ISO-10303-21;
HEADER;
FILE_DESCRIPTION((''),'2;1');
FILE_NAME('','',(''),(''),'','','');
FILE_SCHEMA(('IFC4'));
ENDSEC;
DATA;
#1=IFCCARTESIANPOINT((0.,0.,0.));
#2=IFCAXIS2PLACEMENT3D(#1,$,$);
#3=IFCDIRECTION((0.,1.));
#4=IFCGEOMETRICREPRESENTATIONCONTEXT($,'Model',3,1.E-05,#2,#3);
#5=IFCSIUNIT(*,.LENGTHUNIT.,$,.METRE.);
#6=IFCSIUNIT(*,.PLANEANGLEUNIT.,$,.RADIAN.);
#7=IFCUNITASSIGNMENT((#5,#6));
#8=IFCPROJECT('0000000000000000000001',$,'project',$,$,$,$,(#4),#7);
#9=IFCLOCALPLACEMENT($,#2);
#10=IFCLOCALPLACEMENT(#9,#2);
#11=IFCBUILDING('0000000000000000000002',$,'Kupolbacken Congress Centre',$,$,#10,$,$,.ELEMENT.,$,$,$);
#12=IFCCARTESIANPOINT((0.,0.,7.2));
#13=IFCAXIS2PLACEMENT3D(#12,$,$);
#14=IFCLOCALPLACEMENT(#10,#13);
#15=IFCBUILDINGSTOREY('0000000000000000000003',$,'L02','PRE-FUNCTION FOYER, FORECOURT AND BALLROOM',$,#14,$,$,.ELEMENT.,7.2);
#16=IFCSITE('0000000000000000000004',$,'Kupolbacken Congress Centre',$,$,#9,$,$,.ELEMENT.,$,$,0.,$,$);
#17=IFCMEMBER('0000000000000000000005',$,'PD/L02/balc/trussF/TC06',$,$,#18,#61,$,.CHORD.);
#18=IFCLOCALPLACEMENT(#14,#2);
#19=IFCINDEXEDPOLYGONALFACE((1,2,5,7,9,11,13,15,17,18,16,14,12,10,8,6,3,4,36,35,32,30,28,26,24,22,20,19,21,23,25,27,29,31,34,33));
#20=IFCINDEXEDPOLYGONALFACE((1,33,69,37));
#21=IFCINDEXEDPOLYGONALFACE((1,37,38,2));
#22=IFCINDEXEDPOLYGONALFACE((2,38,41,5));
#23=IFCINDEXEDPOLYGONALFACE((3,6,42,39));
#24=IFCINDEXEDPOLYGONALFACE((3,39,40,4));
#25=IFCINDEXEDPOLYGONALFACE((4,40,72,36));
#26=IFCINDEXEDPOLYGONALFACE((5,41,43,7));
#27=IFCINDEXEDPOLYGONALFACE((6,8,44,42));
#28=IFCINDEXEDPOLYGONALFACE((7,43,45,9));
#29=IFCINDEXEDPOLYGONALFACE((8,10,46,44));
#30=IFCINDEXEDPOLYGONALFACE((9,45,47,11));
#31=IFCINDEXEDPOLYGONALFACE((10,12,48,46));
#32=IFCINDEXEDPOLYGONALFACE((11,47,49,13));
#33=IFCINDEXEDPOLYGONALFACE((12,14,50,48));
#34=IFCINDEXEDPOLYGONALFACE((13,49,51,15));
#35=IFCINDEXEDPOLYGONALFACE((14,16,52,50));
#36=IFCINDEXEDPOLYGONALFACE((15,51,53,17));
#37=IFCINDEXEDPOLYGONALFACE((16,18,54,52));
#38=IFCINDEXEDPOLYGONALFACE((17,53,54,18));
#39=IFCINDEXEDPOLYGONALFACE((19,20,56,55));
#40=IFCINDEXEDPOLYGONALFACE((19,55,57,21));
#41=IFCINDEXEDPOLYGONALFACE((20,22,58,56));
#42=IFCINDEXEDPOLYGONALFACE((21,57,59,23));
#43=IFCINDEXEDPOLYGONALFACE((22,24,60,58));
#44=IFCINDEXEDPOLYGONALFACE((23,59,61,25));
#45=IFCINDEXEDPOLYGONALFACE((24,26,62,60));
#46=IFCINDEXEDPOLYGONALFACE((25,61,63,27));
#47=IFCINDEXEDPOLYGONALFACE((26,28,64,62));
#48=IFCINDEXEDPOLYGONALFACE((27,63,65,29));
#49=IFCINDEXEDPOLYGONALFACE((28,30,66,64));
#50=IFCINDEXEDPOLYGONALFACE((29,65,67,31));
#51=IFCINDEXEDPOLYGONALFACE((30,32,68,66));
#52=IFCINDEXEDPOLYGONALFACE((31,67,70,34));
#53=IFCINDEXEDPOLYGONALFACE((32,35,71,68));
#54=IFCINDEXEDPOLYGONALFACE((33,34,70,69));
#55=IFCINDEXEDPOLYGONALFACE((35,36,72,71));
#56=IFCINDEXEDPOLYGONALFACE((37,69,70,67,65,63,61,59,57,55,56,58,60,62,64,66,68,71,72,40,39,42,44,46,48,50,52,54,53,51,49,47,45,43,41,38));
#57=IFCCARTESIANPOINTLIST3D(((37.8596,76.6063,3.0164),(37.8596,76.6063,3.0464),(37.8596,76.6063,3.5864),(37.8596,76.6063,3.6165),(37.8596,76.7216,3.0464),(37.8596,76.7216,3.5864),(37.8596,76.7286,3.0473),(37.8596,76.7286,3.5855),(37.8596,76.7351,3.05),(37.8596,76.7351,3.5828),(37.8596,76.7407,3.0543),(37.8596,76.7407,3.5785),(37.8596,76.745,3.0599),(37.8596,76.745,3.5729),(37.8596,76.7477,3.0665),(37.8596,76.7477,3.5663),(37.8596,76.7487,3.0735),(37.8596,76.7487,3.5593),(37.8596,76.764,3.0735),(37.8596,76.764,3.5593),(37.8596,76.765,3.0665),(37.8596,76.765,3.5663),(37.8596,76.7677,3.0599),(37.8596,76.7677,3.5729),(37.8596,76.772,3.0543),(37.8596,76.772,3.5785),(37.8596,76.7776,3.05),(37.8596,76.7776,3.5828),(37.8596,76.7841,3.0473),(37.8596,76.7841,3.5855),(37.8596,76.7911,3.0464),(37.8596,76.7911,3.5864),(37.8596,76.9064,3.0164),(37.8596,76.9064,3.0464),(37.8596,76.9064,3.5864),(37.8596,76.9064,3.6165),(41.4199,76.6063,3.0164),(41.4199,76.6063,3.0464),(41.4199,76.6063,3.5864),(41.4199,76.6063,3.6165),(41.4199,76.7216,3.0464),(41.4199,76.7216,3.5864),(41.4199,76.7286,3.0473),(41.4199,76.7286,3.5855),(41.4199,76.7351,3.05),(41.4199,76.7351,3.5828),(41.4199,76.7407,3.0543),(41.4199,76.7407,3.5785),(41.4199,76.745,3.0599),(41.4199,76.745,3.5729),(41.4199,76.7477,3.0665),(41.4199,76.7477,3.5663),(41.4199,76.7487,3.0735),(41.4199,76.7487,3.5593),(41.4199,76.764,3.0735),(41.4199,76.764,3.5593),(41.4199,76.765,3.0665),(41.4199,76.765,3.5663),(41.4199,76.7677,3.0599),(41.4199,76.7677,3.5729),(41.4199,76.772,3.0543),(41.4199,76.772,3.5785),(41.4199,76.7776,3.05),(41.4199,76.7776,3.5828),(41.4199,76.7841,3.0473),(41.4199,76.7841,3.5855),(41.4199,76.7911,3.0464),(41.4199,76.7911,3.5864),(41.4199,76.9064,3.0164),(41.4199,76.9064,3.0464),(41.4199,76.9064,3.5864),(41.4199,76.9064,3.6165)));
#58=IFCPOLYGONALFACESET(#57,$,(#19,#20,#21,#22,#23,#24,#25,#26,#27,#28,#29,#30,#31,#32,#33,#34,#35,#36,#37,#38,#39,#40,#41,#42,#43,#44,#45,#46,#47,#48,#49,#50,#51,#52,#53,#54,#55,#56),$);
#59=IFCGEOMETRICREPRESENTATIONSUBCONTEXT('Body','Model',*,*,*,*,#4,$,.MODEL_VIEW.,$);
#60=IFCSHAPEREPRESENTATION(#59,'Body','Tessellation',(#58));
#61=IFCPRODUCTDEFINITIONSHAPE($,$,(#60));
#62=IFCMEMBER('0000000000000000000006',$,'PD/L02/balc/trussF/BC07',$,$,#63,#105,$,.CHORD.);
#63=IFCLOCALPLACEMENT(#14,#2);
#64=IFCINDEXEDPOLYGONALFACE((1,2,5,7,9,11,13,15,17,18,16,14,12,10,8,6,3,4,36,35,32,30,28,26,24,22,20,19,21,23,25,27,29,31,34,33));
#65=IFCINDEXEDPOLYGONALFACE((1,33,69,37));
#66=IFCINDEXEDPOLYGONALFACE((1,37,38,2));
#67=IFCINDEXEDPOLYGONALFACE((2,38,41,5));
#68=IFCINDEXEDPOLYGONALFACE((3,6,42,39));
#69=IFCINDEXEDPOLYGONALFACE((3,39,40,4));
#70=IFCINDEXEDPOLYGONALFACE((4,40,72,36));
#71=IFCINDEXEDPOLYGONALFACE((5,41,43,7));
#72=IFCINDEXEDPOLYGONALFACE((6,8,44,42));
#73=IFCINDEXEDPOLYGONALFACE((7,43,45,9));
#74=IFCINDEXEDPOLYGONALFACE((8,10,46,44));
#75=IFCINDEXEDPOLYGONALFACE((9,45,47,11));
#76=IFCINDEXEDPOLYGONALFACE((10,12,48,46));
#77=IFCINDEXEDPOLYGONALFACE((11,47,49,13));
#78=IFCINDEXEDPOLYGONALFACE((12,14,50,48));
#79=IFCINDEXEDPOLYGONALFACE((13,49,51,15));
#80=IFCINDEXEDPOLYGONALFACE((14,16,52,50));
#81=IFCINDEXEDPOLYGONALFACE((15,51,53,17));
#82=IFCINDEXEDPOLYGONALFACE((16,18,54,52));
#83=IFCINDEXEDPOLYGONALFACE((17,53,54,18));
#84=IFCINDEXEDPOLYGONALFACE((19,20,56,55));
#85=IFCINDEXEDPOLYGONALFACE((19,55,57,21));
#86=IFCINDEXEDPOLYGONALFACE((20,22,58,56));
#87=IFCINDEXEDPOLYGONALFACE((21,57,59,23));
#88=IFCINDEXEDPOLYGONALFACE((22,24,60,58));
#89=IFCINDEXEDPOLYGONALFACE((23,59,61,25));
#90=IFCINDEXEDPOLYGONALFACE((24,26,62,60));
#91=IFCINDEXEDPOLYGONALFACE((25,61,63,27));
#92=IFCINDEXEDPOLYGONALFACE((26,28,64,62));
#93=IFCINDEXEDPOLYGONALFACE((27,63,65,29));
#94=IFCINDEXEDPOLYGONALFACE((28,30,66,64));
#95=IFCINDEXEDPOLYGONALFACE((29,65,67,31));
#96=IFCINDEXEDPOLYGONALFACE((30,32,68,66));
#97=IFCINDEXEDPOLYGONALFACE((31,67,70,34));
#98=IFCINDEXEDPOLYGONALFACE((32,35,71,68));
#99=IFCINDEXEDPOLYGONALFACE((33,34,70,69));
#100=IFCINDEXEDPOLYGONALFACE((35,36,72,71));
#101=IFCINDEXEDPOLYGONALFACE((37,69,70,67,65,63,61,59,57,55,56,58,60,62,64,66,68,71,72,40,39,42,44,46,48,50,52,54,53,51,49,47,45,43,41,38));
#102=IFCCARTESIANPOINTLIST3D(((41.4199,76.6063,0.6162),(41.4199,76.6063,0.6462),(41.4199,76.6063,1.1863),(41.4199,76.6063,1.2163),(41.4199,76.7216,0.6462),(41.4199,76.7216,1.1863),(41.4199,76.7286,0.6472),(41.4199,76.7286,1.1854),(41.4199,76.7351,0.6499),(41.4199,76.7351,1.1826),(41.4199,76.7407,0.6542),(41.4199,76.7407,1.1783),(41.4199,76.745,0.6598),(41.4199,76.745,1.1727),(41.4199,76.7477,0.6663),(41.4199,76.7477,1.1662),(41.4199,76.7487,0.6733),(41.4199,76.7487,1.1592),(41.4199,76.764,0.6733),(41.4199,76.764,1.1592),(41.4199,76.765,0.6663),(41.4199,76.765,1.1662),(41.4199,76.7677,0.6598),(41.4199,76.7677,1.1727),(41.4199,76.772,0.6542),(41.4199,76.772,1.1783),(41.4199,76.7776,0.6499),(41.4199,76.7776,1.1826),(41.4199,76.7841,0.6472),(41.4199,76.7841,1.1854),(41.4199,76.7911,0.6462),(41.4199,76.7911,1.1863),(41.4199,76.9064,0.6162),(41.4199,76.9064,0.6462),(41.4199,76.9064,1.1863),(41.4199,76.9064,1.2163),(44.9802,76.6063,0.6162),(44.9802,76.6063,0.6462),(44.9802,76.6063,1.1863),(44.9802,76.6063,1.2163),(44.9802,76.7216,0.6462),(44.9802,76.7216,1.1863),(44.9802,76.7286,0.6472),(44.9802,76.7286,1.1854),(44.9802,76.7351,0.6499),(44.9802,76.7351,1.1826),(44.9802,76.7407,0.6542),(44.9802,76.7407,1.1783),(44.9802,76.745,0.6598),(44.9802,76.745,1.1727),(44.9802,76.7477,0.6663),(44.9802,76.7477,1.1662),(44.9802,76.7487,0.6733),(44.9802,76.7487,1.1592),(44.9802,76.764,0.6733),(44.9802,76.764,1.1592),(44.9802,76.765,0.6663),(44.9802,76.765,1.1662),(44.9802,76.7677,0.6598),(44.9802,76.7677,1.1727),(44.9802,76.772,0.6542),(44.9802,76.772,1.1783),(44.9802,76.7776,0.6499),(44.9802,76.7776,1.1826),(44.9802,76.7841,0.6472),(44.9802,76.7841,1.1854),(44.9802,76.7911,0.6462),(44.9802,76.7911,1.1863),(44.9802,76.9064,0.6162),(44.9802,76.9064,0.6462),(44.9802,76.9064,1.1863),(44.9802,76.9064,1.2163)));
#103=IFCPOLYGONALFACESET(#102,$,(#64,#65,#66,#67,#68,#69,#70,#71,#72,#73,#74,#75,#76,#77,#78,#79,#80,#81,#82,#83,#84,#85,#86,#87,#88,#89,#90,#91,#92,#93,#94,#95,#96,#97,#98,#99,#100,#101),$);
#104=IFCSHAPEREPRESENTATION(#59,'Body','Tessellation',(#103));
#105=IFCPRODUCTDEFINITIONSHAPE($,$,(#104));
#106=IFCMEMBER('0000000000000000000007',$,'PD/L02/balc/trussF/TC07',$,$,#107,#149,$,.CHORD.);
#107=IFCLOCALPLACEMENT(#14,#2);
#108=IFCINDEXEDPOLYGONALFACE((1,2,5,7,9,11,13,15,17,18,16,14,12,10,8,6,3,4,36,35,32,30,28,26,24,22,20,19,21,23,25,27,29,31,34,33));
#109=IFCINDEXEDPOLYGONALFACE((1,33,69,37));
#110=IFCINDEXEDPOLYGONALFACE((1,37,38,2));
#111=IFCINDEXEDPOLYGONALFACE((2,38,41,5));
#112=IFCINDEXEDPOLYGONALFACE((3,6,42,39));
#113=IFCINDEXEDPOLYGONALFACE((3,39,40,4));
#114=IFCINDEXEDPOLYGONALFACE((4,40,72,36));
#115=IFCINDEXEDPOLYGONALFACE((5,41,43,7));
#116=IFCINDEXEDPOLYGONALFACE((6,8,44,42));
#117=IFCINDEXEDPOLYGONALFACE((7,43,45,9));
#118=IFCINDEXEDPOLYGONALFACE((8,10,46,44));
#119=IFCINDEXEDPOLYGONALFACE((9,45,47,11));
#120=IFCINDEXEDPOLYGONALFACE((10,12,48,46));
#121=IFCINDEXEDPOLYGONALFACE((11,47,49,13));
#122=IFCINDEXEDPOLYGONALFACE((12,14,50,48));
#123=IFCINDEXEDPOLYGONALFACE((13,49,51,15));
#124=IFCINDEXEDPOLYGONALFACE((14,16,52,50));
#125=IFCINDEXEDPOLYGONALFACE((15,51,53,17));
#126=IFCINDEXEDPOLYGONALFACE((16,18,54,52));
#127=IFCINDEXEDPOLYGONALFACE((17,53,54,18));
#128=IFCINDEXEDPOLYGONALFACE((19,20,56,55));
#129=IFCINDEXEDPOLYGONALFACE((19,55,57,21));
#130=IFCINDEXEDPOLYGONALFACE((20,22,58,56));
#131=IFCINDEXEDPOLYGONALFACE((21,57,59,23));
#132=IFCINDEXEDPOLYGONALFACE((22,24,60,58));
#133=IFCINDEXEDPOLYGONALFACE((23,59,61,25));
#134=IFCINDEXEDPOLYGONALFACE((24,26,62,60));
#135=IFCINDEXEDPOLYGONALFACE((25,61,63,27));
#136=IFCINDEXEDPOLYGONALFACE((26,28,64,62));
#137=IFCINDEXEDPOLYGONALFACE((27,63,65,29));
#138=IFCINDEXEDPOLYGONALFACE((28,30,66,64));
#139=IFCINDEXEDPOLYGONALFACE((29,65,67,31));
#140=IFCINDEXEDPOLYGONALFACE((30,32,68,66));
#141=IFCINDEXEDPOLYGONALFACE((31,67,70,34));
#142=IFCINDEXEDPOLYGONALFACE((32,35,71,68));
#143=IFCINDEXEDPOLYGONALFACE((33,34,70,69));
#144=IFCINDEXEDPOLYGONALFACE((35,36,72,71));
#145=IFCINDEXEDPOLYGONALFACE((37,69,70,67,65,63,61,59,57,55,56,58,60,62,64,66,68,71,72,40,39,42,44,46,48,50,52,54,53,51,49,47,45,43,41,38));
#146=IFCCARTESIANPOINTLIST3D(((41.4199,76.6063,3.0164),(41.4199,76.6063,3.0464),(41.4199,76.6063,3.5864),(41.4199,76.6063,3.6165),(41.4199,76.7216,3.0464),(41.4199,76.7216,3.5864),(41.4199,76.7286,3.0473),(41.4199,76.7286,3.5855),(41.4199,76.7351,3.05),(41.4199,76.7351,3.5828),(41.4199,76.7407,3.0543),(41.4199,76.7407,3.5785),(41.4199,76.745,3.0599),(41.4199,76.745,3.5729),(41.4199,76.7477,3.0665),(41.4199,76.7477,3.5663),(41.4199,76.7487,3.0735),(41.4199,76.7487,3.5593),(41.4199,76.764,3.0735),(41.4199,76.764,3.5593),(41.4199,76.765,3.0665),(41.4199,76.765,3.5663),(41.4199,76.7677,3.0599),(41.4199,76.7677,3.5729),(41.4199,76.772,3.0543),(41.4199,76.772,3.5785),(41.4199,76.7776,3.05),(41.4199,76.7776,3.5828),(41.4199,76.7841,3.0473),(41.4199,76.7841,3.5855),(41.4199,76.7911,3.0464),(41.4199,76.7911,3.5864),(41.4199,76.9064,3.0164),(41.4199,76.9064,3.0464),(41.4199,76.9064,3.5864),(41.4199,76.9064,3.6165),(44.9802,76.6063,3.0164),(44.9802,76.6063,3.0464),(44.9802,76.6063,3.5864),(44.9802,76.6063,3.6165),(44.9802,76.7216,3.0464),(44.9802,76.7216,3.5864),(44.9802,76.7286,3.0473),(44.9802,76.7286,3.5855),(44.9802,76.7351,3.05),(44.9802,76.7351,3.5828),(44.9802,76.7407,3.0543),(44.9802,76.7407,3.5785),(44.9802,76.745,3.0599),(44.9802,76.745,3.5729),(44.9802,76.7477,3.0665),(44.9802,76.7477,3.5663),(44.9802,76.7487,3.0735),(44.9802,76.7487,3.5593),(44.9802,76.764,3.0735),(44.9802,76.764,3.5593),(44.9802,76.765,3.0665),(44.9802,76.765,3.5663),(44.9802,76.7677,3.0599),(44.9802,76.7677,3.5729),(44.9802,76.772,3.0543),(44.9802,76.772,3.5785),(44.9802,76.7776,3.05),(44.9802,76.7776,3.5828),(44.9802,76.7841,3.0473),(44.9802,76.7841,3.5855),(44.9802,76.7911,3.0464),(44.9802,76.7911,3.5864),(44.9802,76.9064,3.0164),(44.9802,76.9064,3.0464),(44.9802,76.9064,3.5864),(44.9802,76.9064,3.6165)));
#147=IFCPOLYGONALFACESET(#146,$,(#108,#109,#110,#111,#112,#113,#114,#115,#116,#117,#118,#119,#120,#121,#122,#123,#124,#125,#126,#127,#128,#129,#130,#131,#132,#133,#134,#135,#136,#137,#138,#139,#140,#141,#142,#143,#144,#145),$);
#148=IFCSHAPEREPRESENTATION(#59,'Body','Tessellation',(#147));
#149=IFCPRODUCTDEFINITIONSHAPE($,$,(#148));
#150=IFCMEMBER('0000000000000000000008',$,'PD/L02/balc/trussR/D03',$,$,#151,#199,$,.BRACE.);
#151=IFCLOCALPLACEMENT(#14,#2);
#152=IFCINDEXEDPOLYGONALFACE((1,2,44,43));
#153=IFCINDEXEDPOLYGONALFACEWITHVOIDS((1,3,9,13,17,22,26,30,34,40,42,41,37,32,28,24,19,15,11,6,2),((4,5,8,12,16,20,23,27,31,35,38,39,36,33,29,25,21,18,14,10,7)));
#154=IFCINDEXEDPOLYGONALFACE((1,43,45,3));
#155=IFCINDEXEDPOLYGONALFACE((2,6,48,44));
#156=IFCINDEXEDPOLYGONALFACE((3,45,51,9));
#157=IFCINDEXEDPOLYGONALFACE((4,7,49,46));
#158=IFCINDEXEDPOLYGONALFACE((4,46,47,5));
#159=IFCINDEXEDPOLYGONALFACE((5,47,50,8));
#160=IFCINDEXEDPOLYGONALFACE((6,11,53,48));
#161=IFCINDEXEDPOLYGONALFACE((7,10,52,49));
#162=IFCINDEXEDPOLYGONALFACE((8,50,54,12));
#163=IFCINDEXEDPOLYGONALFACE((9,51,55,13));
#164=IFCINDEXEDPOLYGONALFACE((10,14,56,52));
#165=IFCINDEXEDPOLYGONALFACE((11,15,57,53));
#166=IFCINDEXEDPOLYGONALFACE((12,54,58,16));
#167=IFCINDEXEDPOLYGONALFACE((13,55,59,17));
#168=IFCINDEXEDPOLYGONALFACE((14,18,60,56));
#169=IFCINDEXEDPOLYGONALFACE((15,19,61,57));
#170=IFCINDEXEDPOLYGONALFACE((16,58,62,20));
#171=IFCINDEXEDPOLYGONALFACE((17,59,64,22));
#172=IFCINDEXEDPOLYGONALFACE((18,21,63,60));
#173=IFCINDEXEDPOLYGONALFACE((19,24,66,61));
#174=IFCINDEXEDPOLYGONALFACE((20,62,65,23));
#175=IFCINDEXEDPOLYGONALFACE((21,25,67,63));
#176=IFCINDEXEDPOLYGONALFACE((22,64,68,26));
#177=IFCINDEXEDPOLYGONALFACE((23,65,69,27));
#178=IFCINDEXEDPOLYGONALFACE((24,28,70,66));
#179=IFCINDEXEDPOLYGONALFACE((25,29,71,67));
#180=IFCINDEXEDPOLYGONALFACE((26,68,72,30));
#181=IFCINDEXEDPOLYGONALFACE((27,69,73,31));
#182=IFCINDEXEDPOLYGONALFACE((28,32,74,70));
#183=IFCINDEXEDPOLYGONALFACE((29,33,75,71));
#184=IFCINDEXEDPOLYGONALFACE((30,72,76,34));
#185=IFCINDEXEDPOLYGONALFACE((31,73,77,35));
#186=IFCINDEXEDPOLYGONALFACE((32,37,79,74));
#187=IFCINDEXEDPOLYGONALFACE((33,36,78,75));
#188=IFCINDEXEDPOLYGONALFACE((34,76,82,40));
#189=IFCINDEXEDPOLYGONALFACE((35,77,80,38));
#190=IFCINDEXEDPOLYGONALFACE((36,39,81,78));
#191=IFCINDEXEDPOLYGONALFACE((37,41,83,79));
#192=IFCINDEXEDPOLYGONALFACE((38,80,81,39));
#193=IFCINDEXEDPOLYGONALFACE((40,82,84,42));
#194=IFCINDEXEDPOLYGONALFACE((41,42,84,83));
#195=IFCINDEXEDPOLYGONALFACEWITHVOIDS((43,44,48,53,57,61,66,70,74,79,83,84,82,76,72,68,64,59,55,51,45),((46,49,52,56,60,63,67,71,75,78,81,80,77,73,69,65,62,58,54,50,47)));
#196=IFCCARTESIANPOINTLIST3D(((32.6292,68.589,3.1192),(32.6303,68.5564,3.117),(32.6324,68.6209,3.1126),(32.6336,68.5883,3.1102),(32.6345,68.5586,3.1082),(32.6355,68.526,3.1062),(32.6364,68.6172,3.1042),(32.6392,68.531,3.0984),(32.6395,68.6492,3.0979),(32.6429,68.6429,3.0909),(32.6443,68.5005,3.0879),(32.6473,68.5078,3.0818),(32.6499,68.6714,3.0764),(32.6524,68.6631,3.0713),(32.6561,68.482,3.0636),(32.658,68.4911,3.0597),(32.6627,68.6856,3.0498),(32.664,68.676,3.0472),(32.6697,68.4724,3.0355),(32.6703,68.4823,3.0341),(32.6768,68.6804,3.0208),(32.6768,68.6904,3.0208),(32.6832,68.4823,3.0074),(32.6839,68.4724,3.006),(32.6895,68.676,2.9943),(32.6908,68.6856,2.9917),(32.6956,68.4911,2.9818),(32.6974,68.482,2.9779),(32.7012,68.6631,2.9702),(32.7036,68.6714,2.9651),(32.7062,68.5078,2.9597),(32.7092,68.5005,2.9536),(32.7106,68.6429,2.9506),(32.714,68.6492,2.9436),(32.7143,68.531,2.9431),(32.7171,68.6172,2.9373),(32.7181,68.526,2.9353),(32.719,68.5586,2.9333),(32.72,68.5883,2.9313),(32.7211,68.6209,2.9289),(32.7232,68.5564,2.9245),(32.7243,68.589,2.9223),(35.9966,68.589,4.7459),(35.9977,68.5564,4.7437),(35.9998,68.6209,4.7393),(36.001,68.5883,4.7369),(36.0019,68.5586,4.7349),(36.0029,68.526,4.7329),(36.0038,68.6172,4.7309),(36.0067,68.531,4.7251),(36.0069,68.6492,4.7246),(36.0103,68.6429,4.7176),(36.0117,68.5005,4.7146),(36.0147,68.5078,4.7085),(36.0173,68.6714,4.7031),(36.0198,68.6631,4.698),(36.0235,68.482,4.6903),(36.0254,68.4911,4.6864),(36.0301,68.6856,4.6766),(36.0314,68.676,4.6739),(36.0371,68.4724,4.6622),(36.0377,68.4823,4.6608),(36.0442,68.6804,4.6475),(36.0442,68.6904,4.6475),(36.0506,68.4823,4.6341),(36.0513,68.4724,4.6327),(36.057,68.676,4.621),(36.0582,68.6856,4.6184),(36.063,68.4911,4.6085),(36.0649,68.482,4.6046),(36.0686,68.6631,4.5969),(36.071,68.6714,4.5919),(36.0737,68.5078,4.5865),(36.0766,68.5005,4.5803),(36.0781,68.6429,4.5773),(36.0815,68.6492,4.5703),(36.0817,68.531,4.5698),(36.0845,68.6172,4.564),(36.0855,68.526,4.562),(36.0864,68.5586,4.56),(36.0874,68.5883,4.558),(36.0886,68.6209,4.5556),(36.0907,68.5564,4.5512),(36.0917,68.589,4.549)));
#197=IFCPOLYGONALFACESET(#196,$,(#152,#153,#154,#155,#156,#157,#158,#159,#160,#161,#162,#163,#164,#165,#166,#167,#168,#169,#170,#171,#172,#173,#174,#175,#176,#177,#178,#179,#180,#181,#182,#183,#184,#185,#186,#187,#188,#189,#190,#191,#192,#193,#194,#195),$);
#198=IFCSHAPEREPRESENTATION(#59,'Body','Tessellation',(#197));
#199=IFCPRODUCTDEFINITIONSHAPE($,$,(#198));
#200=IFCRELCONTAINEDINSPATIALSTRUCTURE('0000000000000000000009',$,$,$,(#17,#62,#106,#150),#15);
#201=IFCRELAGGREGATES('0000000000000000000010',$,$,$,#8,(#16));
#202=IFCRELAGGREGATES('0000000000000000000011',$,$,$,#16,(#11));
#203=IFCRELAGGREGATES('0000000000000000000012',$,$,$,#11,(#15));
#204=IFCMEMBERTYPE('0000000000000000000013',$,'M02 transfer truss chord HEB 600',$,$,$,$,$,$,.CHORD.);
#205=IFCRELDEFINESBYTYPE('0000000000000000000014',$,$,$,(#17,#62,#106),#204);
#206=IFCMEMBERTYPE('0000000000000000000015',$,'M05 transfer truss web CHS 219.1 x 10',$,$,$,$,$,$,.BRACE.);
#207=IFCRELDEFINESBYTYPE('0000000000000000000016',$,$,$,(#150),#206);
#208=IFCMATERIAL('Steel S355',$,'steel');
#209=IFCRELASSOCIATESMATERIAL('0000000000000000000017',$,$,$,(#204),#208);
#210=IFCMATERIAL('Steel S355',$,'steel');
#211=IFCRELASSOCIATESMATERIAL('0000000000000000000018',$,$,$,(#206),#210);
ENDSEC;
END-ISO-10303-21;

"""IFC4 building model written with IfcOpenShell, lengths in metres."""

from ifc_helpers import new_model, si_unit, direction, frame, origin, origin_2d, place, context, subcontext, project, spatial, hollow_circle, i_section, extrude, material, material_profile, profile_set, type_object, element, save


model = new_model("IFC4")

# Units and contexts
model_context = context("Model", 3, precision=1e-05, world=origin(), true_north=direction((0.0, 1.0)))
body_context = subcontext(model_context, "Body", "Model", "MODEL_VIEW")
ifc_project = project(units=[si_unit("LENGTHUNIT", "METRE"), si_unit("PLANEANGLEUNIT", "RADIAN")], contexts=[model_context])

# Site, building, storey
site_placement = place(None, origin())
site = spatial("IfcSite", under=ifc_project, at=site_placement, Name="Kupolbacken Congress Centre", CompositionType="ELEMENT", RefElevation=0.0)
building_placement = place(site_placement, origin())
building = spatial("IfcBuilding", under=site, at=building_placement, Name="Kupolbacken Congress Centre", CompositionType="ELEMENT")
storey_placement = place(building_placement, frame((0.0, 0.0, 7.2)))
storey = spatial("IfcBuildingStorey", under=building, at=storey_placement, Name="L02", Description="PRE-FUNCTION FOYER, FORECOURT AND BALLROOM", CompositionType="ELEMENT", Elevation=7.2)

# Members
ifc_material_1 = material(Name="Steel S355", Category="steel")
ifc_material_profile_1 = material_profile(ifc_material_1, i_section(OverallWidth=0.3, OverallDepth=0.6001, WebThickness=0.0154, FlangeThickness=0.03, FilletRadius=0.0271, at=origin_2d()), Name="HEB 600")
ifc_profile_set_1 = profile_set([ifc_material_profile_1], Name="Steel S355")
member_type_1 = type_object("IfcMemberType", Name="M02 transfer truss chord HEB 600", PredefinedType="CHORD", material=ifc_profile_set_1)
for number, where, z_axis, x_axis, name in (
    (1, (37.8596, 76.7563, 3.3164), (1.0, 0.0, 0.0), (0.0, 1.0, 0.0), "PD/L02/balc/trussF/TC06"),
    (2, (41.4199, 76.7563, 0.9163), (1.0, 0.0, 0.0), (0.0, 1.0, 0.0), "PD/L02/balc/trussF/BC07"),
    (3, (41.4199, 76.7563, 3.3164), (1.0, 0.0, 0.0), (0.0, 1.0, 0.0), "PD/L02/balc/trussF/TC07"),
):
    element("IfcMember", number, at=place(storey_placement, frame(where, z_axis=z_axis, x_axis=x_axis)), inside=storey, type_object=member_type_1, Name=name, PredefinedType="CHORD", context=body_context, shape_type="SweptSolid", body=[
        extrude(i_section(OverallWidth=0.3, OverallDepth=0.6001, WebThickness=0.0154, FlangeThickness=0.03, FilletRadius=0.0271, at=origin_2d()), origin(), (0.0, 0.0, 1.0), 3.5603),
    ])
ifc_material_2 = material(Name="Steel S355", Category="steel")
ifc_material_profile_2 = material_profile(ifc_material_2, hollow_circle(Radius=0.1096, WallThickness=0.01, at=origin_2d()), Name="CHS 219.1 x 10")
ifc_profile_set_2 = profile_set([ifc_material_profile_2], Name="Steel S355")
member_type_2 = type_object("IfcMemberType", Name="M05 transfer truss web CHS 219.1 x 10", PredefinedType="BRACE", material=ifc_profile_set_2)
member_1_placement = place(storey_placement, frame((32.6768, 68.5808, 3.0208), z_axis=(0.900441, 0.0, 0.434977), x_axis=(0.0, 1.0, 0.0)))
element("IfcMember", 4, at=member_1_placement, inside=storey, type_object=member_type_2, Name="PD/L02/balc/trussR/D03", PredefinedType="BRACE", context=body_context, shape_type="SweptSolid", body=[
    extrude(hollow_circle(Radius=0.1096, WallThickness=0.01, at=origin_2d()), origin(), (0.0, 0.0, 1.0), 3.7397),
])

save(model, "model.ifc")
